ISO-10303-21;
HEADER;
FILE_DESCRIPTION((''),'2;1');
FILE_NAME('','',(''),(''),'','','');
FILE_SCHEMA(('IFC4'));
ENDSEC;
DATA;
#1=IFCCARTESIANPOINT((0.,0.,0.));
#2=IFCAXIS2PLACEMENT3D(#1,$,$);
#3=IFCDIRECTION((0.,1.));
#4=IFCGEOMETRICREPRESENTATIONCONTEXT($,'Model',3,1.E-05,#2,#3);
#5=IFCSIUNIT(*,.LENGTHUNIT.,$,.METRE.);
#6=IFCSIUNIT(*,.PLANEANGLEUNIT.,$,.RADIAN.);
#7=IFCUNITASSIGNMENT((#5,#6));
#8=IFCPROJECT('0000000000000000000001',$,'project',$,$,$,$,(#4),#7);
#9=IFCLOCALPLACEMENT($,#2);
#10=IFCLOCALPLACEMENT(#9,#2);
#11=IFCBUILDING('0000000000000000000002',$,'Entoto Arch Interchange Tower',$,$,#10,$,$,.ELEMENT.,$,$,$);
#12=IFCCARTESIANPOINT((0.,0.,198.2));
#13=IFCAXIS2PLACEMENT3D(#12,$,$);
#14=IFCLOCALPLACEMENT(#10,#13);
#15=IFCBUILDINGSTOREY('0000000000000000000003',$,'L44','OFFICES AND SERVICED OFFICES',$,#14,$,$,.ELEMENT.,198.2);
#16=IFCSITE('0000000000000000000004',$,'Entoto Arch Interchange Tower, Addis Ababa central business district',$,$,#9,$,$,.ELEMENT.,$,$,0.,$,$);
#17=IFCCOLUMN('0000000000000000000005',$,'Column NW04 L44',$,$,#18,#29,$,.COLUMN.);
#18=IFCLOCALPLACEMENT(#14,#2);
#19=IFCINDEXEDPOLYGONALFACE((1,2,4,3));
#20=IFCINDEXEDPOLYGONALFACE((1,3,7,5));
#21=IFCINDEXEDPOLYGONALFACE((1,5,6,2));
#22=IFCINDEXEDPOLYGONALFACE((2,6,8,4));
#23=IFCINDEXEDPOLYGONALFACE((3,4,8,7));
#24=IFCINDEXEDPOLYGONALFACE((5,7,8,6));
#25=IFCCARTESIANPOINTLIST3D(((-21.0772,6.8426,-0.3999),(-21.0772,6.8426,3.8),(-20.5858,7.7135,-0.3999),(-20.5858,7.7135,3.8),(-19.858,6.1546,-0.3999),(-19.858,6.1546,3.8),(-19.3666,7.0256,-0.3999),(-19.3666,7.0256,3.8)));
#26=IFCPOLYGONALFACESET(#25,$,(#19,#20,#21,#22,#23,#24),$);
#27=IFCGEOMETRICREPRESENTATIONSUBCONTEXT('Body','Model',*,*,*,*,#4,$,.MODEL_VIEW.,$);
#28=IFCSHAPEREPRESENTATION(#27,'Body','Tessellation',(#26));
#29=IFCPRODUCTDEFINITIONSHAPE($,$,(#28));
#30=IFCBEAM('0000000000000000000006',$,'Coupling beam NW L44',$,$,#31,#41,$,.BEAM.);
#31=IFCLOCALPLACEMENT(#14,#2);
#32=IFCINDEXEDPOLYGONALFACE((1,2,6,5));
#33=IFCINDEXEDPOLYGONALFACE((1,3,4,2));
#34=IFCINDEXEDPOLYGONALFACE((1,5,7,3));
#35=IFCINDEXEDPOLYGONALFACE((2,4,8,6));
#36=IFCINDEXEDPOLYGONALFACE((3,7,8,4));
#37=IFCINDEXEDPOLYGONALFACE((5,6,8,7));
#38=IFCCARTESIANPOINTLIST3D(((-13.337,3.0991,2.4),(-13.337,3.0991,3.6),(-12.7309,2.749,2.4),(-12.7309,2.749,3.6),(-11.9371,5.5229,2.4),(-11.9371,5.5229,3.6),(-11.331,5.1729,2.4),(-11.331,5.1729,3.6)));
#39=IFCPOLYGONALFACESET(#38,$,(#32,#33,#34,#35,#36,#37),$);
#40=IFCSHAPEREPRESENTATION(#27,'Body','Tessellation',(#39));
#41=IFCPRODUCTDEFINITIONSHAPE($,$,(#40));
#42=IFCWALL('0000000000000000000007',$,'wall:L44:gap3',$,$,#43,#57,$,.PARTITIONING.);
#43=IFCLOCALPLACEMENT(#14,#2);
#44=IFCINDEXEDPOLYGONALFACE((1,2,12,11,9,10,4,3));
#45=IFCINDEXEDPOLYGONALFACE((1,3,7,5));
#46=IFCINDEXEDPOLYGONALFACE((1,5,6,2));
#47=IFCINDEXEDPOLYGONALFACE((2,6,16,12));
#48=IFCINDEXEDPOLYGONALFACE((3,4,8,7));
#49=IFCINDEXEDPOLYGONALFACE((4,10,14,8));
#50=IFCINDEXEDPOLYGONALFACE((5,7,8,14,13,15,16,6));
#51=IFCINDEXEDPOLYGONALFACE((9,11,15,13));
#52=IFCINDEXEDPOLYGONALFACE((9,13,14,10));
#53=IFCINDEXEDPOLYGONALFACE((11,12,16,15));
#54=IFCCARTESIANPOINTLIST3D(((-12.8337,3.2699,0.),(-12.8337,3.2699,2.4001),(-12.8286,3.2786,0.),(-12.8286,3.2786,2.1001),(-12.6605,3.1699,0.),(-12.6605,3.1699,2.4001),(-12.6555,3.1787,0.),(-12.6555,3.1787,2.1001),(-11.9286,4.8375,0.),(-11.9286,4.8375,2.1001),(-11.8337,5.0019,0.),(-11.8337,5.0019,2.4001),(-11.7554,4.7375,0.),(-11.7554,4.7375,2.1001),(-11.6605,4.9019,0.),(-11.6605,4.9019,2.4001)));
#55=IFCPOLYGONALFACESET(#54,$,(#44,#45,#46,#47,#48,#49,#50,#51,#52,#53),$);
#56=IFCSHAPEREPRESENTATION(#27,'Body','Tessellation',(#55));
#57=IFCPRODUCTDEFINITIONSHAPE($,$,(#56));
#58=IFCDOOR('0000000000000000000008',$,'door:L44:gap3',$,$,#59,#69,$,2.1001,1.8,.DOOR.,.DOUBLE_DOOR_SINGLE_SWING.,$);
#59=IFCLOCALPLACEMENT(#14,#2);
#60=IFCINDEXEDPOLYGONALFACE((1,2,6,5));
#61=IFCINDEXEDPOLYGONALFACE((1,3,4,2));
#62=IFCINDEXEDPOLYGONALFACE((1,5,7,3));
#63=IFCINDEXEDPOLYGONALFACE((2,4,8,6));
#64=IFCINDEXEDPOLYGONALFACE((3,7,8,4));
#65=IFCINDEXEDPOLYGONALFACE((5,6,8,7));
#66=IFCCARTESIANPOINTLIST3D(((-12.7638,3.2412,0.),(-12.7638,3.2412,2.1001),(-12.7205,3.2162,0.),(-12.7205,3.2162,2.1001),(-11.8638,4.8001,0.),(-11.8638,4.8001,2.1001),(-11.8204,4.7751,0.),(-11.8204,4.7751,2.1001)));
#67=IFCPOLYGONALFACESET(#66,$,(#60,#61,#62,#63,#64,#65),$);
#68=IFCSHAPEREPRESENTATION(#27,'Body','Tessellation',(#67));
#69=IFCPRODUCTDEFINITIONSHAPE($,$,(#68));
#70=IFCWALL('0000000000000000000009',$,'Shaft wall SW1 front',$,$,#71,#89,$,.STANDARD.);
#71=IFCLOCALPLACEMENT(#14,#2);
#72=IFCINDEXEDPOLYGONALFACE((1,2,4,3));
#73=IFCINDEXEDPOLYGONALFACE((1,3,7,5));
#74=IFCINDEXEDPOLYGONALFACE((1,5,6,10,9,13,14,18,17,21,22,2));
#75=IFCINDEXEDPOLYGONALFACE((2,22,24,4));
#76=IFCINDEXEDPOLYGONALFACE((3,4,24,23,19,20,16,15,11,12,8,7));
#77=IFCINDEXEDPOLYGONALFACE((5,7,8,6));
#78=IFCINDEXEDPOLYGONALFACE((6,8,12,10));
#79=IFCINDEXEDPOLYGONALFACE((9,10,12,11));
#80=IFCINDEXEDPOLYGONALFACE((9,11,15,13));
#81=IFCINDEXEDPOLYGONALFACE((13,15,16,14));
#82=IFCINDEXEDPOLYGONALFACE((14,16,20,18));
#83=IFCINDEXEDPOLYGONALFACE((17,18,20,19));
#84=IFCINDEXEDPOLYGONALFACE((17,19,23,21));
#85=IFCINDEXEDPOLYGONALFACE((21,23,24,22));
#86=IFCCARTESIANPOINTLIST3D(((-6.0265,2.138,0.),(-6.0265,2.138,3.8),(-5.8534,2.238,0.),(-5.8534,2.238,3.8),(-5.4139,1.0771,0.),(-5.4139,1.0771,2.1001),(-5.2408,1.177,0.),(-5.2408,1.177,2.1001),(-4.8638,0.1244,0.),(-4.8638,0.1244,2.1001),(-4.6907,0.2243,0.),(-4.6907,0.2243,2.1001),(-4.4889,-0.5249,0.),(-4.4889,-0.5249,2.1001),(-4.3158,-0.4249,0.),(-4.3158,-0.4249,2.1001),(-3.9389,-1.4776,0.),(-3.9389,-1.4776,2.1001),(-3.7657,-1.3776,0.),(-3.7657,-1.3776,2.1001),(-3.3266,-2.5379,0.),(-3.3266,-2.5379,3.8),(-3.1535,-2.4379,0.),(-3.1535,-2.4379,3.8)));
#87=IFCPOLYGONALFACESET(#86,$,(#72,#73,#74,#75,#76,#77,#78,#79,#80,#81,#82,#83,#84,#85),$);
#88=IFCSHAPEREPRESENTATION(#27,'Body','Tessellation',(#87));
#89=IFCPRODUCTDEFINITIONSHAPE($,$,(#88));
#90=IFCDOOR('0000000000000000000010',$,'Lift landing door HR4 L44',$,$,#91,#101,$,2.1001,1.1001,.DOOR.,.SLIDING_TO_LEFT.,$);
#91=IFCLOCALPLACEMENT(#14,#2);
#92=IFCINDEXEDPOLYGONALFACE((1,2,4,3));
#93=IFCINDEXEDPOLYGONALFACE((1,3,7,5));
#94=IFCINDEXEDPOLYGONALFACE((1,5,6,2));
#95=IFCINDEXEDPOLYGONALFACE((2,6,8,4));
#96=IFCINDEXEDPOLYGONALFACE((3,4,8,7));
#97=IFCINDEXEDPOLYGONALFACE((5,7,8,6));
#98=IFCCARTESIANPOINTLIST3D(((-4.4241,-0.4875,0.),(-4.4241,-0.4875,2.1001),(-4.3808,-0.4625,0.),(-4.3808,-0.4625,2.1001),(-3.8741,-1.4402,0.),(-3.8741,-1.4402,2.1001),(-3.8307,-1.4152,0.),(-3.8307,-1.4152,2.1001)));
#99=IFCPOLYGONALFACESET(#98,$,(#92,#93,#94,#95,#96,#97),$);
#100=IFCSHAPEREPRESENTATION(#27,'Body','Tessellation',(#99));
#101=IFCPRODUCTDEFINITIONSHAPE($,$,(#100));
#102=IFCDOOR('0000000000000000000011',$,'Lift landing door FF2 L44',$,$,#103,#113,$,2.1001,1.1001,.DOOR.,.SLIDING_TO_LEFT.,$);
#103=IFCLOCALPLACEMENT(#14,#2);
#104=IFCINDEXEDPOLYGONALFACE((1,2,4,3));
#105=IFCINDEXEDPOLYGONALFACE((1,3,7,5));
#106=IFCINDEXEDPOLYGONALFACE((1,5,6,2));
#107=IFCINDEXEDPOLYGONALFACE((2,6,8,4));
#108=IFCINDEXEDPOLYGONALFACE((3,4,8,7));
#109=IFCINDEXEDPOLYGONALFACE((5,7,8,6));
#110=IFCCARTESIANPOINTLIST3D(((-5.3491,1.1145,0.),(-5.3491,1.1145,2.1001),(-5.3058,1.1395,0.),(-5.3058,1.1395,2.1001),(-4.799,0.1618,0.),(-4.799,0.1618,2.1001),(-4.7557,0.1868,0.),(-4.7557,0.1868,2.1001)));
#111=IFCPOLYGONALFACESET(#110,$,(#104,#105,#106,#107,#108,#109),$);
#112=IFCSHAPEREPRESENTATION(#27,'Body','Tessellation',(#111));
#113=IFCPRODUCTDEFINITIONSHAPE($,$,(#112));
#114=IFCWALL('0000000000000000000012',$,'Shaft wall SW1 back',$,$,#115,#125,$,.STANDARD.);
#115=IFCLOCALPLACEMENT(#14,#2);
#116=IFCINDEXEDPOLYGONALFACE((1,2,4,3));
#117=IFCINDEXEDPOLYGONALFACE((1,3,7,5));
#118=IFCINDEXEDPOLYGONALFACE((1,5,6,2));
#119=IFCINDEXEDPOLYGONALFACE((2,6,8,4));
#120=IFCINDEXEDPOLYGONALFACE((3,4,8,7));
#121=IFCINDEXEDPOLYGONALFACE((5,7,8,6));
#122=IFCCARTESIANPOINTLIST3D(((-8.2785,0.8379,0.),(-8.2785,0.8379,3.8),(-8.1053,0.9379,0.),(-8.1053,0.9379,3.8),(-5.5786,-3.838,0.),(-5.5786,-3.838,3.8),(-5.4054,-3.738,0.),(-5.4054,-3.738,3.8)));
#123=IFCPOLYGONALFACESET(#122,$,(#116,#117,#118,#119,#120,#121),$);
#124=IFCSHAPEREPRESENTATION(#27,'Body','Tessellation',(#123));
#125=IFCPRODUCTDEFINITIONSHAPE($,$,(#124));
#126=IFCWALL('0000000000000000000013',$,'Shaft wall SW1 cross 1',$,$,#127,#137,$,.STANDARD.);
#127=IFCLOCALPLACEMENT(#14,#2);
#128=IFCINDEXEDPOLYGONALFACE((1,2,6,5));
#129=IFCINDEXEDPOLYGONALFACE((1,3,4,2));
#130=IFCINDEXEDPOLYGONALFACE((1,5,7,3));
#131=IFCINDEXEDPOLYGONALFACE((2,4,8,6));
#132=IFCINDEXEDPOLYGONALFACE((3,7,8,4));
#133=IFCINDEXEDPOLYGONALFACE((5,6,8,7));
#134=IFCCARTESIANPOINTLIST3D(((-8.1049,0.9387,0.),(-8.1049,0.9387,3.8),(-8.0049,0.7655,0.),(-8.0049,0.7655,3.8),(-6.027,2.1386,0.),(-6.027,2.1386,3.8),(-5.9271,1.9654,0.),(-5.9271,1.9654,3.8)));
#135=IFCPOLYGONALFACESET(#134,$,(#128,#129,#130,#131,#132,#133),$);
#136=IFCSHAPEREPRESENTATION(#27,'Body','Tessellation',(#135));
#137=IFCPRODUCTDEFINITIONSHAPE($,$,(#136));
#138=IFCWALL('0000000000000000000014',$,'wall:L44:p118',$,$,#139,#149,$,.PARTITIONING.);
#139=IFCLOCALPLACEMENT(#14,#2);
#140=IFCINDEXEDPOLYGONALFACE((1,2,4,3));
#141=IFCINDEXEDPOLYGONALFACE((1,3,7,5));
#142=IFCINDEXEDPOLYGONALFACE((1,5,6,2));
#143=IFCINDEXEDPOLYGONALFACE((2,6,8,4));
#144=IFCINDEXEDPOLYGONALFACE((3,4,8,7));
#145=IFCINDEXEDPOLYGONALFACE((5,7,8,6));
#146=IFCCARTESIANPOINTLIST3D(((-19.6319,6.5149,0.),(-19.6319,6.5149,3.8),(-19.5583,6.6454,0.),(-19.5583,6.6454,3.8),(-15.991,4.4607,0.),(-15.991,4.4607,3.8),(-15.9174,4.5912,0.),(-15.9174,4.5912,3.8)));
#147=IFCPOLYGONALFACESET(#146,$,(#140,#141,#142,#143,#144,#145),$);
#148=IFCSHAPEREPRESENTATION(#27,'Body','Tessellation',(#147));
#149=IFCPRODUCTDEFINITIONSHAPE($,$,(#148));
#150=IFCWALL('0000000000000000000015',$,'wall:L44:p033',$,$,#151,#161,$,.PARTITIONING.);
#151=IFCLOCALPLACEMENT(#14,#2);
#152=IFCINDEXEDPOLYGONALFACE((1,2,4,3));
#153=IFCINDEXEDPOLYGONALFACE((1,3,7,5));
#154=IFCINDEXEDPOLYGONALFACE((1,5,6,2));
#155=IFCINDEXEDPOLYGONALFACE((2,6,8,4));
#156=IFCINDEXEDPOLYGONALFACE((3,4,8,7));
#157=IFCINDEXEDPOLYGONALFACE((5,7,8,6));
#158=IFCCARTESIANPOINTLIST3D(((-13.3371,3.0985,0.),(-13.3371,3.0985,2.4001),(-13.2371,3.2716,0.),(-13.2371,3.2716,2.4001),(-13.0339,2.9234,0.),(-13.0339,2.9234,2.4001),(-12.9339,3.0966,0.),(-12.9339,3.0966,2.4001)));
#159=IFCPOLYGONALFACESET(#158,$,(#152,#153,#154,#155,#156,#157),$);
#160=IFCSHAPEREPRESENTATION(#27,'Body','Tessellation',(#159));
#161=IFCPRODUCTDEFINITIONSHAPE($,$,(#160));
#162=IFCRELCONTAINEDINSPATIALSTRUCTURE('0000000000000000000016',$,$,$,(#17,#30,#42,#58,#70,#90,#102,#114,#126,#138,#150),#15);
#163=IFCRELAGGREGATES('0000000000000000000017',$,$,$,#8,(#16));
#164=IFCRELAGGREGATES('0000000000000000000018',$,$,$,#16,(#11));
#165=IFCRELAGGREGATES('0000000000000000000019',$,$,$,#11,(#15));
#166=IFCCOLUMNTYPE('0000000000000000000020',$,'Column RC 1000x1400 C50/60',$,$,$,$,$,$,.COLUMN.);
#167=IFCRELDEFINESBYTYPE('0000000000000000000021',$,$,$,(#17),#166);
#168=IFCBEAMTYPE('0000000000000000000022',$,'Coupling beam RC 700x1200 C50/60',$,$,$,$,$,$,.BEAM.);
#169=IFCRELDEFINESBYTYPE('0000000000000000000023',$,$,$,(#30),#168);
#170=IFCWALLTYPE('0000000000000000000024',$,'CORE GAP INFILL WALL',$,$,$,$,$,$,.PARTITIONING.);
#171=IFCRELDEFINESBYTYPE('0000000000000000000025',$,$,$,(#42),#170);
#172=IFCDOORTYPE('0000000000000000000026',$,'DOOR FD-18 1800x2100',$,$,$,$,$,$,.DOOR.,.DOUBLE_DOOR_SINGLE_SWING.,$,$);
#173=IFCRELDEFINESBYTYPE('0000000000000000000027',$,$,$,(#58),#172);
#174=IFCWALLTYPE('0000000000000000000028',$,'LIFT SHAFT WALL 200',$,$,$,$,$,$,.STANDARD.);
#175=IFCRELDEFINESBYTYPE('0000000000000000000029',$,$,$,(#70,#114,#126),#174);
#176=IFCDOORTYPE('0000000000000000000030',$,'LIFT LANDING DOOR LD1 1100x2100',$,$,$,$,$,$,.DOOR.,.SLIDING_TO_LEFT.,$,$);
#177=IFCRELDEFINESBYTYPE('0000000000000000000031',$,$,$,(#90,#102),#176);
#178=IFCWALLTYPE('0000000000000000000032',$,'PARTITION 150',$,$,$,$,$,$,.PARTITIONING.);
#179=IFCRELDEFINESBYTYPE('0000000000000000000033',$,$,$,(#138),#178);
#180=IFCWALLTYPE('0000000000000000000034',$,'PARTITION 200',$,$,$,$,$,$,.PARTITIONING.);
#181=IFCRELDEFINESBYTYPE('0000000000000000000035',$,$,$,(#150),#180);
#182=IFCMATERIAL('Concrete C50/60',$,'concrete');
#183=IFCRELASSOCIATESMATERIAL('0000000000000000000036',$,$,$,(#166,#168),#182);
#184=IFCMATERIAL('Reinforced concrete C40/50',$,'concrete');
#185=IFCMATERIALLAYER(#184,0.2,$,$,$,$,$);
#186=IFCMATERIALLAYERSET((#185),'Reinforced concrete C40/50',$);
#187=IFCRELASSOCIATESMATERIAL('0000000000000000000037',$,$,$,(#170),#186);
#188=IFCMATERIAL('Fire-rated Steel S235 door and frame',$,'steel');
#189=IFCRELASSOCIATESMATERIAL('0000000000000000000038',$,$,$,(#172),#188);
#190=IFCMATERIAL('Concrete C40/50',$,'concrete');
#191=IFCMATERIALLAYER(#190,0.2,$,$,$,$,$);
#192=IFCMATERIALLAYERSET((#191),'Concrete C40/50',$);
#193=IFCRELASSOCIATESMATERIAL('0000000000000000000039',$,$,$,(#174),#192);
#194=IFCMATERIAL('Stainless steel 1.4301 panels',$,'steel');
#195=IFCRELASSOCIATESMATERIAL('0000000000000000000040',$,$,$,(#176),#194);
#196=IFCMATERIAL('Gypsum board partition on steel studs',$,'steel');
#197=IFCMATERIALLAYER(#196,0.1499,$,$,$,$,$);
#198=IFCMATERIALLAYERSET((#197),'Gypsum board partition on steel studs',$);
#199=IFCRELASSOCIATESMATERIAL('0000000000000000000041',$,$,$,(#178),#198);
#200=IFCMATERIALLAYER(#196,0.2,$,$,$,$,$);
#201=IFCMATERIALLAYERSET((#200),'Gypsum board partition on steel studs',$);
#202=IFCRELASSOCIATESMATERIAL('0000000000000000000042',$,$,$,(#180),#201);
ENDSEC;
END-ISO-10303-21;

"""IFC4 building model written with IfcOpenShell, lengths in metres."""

from ifc_helpers import new_model, si_unit, direction, frame, frame_2d, origin, origin_2d, place, context, subcontext, project, spatial, rectangle, extrude, material, layer, layer_set, material_profile, profile_set, type_object, element, fill, save


model = new_model("IFC4")

# Units and contexts
model_context = context("Model", 3, precision=1e-05, world=origin(), true_north=direction((0.0, 1.0)))
body_context = subcontext(model_context, "Body", "Model", "MODEL_VIEW")
ifc_project = project(units=[si_unit("LENGTHUNIT", "METRE"), si_unit("PLANEANGLEUNIT", "RADIAN")], contexts=[model_context])

# Site, building, storey
site_placement = place(None, origin())
site = spatial("IfcSite", under=ifc_project, at=site_placement, Name="Entoto Arch Interchange Tower, Addis Ababa central business district", CompositionType="ELEMENT", RefElevation=0.0)
building_placement = place(site_placement, origin())
building = spatial("IfcBuilding", under=site, at=building_placement, Name="Entoto Arch Interchange Tower", CompositionType="ELEMENT")
storey_placement = place(building_placement, frame((0.0, 0.0, 198.2)))
storey = spatial("IfcBuildingStorey", under=building, at=storey_placement, Name="L44", Description="OFFICES AND SERVICED OFFICES", CompositionType="ELEMENT", Elevation=198.2)

# Column
ifc_material_1 = material(Name="Concrete C50/60", Category="concrete")
ifc_material_profile_1 = material_profile(ifc_material_1, rectangle(XDim=1.0, YDim=1.3999, at=origin_2d()))
ifc_profile_set_1 = profile_set([ifc_material_profile_1], Name="Concrete C50/60")
column_type = type_object("IfcColumnType", Name="Column RC 1000x1400 C50/60", PredefinedType="COLUMN", material=ifc_profile_set_1)
column_placement = place(storey_placement, frame((-20.2219, 6.9341, -0.3999), z_axis=(0.0, 0.0, 1.0), x_axis=(0.491436, 0.870914, 0.0)))
element("IfcColumn", 1, at=column_placement, inside=storey, type_object=column_type, Name="Column NW04 L44", PredefinedType="COLUMN", context=body_context, shape_type="SweptSolid", body=[
    extrude(rectangle(XDim=1.0, YDim=1.3999, at=origin_2d()), origin(), (0.0, 0.0, 1.0), 4.2),
])

# Beam
ifc_material_profile_2 = material_profile(ifc_material_1, rectangle(XDim=0.7, YDim=1.2, at=origin_2d()))
ifc_profile_set_2 = profile_set([ifc_material_profile_2], Name="Concrete C50/60")
beam_type = type_object("IfcBeamType", Name="Coupling beam RC 700x1200 C50/60", PredefinedType="BEAM", material=ifc_profile_set_2)
beam_placement = place(storey_placement, frame((-11.634, 5.3479, 3.0), z_axis=(-0.500135, -0.865947, 0.0), x_axis=(0.865947, -0.500135, 0.0)))
element("IfcBeam", 2, at=beam_placement, inside=storey, type_object=beam_type, Name="Coupling beam NW L44", PredefinedType="BEAM", context=body_context, shape_type="SweptSolid", body=[
    extrude(rectangle(XDim=0.7, YDim=1.2, at=origin_2d()), origin(), (0.0, 0.0, 1.0), 2.7991),
])

# Wall, opening, door
ifc_material_2 = material(Name="Reinforced concrete C40/50", Category="concrete")
ifc_layer_1 = layer(ifc_material_2, 0.2)
ifc_layer_set_1 = layer_set([ifc_layer_1], Name="Reinforced concrete C40/50")
wall_type_1 = type_object("IfcWallType", Name="CORE GAP INFILL WALL", PredefinedType="PARTITIONING", material=ifc_layer_set_1)
wall_1_placement = place(storey_placement, frame((-11.7471, 4.9519, 0.0), z_axis=(0.0, 0.0, 1.0), x_axis=(-0.500025, -0.866011, 0.0)))
wall_1 = element("IfcWall", 3, at=wall_1_placement, inside=storey, type_object=wall_type_1, Name="wall:L44:gap3", PredefinedType="PARTITIONING", context=body_context, shape_type="SweptSolid", body=[
    extrude(rectangle(XDim=2.0, YDim=0.2, at=frame_2d((1.0, 0.0))), origin(), (0.0, 0.0, 1.0), 2.4001),
])
opening_1_placement = place(wall_1_placement, frame((0.1899, 0.0, 0.0)))
opening_1 = element("IfcOpeningElement", 4, at=opening_1_placement, cuts=wall_1, PredefinedType="OPENING", context=body_context, shape_type="SweptSolid", body=[
    extrude(rectangle(XDim=1.8, YDim=2.1001, at=frame_2d((0.8999, 1.05))), frame((0.0, 0.1099, 0.0), z_axis=(0.0, -1.0, 0.0), x_axis=(1.0, 0.0, 0.0)), (0.0, 0.0, 1.0), 0.22),
])
ifc_material_3 = material(Name="Fire-rated Steel S235 door and frame", Category="steel")
door_type_1 = type_object("IfcDoorType", Name="DOOR FD-18 1800x2100", OperationType="DOUBLE_DOOR_SINGLE_SWING", PredefinedType="DOOR", material=ifc_material_3)
door_1_placement = place(opening_1_placement, origin())
door_1 = element("IfcDoor", 5, at=door_1_placement, inside=storey, type_object=door_type_1, Name="door:L44:gap3", OperationType="DOUBLE_DOOR_SINGLE_SWING", OverallHeight=2.1001, OverallWidth=1.8, PredefinedType="DOOR", context=body_context, shape_type="SweptSolid", body=[
    extrude(rectangle(XDim=1.8, YDim=2.1001, at=frame_2d((0.8999, 1.05))), frame((0.0, 0.0249, 0.0), z_axis=(0.0, -1.0, 0.0), x_axis=(1.0, 0.0, 0.0)), (0.0, 0.0, 1.0), 0.05),
])
fill(opening_1, door_1)

# Wall, openings, doors
ifc_material_4 = material(Name="Concrete C40/50", Category="concrete")
ifc_layer_2 = layer(ifc_material_4, 0.2)
ifc_layer_set_2 = layer_set([ifc_layer_2], Name="Concrete C40/50")
wall_type_2 = type_object("IfcWallType", Name="LIFT SHAFT WALL 200", PredefinedType="STANDARD", material=ifc_layer_set_2)
wall_2_placement = place(storey_placement, frame((-5.9399, 2.188, 0.0), z_axis=(0.0, 0.0, 1.0), x_axis=(0.500034, -0.866006, 0.0)))
wall_2 = element("IfcWall", 6, at=wall_2_placement, inside=storey, type_object=wall_type_2, Name="Shaft wall SW1 front", PredefinedType="STANDARD", context=body_context, shape_type="SweptSolid", body=[
    extrude(rectangle(XDim=5.3994, YDim=0.2, at=frame_2d((2.6997, 0.0))), origin(), (0.0, 0.0, 1.0), 3.8),
])
opening_2_placement = place(wall_2_placement, frame((3.075, 0.0, 0.0)))
opening_2 = element("IfcOpeningElement", 7, at=opening_2_placement, cuts=wall_2, PredefinedType="OPENING", context=body_context, shape_type="SweptSolid", body=[
    extrude(rectangle(XDim=1.1001, YDim=2.1001, at=frame_2d((0.55, 1.05))), frame((0.0, 0.1099, 0.0), z_axis=(0.0, -1.0, 0.0), x_axis=(1.0, 0.0, 0.0)), (0.0, 0.0, 1.0), 0.22),
])
opening_3_placement = place(wall_2_placement, frame((1.2251, 0.0, 0.0)))
opening_3 = element("IfcOpeningElement", 8, at=opening_3_placement, cuts=wall_2, PredefinedType="OPENING", context=body_context, shape_type="SweptSolid", body=[
    extrude(rectangle(XDim=1.1001, YDim=2.1001, at=frame_2d((0.55, 1.05))), frame((0.0, 0.1099, 0.0), z_axis=(0.0, -1.0, 0.0), x_axis=(1.0, 0.0, 0.0)), (0.0, 0.0, 1.0), 0.22),
])
ifc_material_5 = material(Name="Stainless steel 1.4301 panels", Category="steel")
door_type_2 = type_object("IfcDoorType", Name="LIFT LANDING DOOR LD1 1100x2100", OperationType="SLIDING_TO_LEFT", PredefinedType="DOOR", material=ifc_material_5)
door_2_placement = place(opening_2_placement, origin())
door_2 = element("IfcDoor", 9, at=door_2_placement, inside=storey, type_object=door_type_2, Name="Lift landing door HR4 L44", OperationType="SLIDING_TO_LEFT", OverallHeight=2.1001, OverallWidth=1.1001, PredefinedType="DOOR", context=body_context, shape_type="SweptSolid", body=[
    extrude(rectangle(XDim=1.1001, YDim=2.1001, at=frame_2d((0.55, 1.05))), frame((0.0, 0.0249, 0.0), z_axis=(0.0, -1.0, 0.0), x_axis=(1.0, 0.0, 0.0)), (0.0, 0.0, 1.0), 0.05),
])
fill(opening_2, door_2)
door_3_placement = place(opening_3_placement, origin())
door_3 = element("IfcDoor", 10, at=door_3_placement, inside=storey, type_object=door_type_2, Name="Lift landing door FF2 L44", OperationType="SLIDING_TO_LEFT", OverallHeight=2.1001, OverallWidth=1.1001, PredefinedType="DOOR", context=body_context, shape_type="SweptSolid", body=[
    extrude(rectangle(XDim=1.1001, YDim=2.1001, at=frame_2d((0.55, 1.05))), frame((0.0, 0.0249, 0.0), z_axis=(0.0, -1.0, 0.0), x_axis=(1.0, 0.0, 0.0)), (0.0, 0.0, 1.0), 0.05),
])
fill(opening_3, door_3)

# Walls
wall_3_placement = place(storey_placement, frame((-8.1919, 0.8879, 0.0), z_axis=(0.0, 0.0, 1.0), x_axis=(0.500034, -0.866006, 0.0)))
element("IfcWall", 11, at=wall_3_placement, inside=storey, type_object=wall_type_2, Name="Shaft wall SW1 back", PredefinedType="STANDARD", context=body_context, shape_type="SweptSolid", body=[
    extrude(rectangle(XDim=5.3994, YDim=0.2, at=frame_2d((2.6997, 0.0))), origin(), (0.0, 0.0, 1.0), 3.8),
])
wall_4_placement = place(storey_placement, frame((-5.9771, 2.052, 0.0), z_axis=(0.0, 0.0, 1.0), x_axis=(-0.865974, -0.500089, 0.0)))
element("IfcWall", 12, at=wall_4_placement, inside=storey, type_object=wall_type_2, Name="Shaft wall SW1 cross 1", PredefinedType="STANDARD", context=body_context, shape_type="SweptSolid", body=[
    extrude(rectangle(XDim=2.3994, YDim=0.2, at=frame_2d((1.1997, 0.0))), origin(), (0.0, 0.0, 1.0), 3.8),
])
ifc_material_6 = material(Name="Gypsum board partition on steel studs", Category="steel")
ifc_layer_3 = layer(ifc_material_6, 0.1499)
ifc_layer_set_3 = layer_set([ifc_layer_3], Name="Gypsum board partition on steel studs")
wall_type_3 = type_object("IfcWallType", Name="PARTITION 150", PredefinedType="PARTITIONING", material=ifc_layer_set_3)
wall_5_placement = place(storey_placement, frame((-15.9541, 4.5259, 0.0), z_axis=(0.0, 0.0, 1.0), x_axis=(-0.87094, 0.491389, 0.0)))
element("IfcWall", 13, at=wall_5_placement, inside=storey, type_object=wall_type_3, Name="wall:L44:p118", PredefinedType="PARTITIONING", context=body_context, shape_type="SweptSolid", body=[
    extrude(rectangle(XDim=4.1804, YDim=0.1499, at=frame_2d((2.0903, 0.0))), origin(), (0.0, 0.0, 1.0), 3.8),
])
ifc_layer_4 = layer(ifc_material_6, 0.2)
ifc_layer_set_4 = layer_set([ifc_layer_4], Name="Gypsum board partition on steel studs")
wall_type_4 = type_object("IfcWallType", Name="PARTITION 200", PredefinedType="PARTITIONING", material=ifc_layer_set_4)
wall_6_placement = place(storey_placement, frame((-12.9839, 3.01, 0.0), z_axis=(0.0, 0.0, 1.0), x_axis=(-0.866046, 0.499964, 0.0)))
element("IfcWall", 14, at=wall_6_placement, inside=storey, type_object=wall_type_4, Name="wall:L44:p033", PredefinedType="PARTITIONING", context=body_context, shape_type="SweptSolid", body=[
    extrude(rectangle(XDim=0.3501, YDim=0.2, at=frame_2d((0.175, 0.0))), origin(), (0.0, 0.0, 1.0), 2.4001),
])

save(model, "model.ifc")
